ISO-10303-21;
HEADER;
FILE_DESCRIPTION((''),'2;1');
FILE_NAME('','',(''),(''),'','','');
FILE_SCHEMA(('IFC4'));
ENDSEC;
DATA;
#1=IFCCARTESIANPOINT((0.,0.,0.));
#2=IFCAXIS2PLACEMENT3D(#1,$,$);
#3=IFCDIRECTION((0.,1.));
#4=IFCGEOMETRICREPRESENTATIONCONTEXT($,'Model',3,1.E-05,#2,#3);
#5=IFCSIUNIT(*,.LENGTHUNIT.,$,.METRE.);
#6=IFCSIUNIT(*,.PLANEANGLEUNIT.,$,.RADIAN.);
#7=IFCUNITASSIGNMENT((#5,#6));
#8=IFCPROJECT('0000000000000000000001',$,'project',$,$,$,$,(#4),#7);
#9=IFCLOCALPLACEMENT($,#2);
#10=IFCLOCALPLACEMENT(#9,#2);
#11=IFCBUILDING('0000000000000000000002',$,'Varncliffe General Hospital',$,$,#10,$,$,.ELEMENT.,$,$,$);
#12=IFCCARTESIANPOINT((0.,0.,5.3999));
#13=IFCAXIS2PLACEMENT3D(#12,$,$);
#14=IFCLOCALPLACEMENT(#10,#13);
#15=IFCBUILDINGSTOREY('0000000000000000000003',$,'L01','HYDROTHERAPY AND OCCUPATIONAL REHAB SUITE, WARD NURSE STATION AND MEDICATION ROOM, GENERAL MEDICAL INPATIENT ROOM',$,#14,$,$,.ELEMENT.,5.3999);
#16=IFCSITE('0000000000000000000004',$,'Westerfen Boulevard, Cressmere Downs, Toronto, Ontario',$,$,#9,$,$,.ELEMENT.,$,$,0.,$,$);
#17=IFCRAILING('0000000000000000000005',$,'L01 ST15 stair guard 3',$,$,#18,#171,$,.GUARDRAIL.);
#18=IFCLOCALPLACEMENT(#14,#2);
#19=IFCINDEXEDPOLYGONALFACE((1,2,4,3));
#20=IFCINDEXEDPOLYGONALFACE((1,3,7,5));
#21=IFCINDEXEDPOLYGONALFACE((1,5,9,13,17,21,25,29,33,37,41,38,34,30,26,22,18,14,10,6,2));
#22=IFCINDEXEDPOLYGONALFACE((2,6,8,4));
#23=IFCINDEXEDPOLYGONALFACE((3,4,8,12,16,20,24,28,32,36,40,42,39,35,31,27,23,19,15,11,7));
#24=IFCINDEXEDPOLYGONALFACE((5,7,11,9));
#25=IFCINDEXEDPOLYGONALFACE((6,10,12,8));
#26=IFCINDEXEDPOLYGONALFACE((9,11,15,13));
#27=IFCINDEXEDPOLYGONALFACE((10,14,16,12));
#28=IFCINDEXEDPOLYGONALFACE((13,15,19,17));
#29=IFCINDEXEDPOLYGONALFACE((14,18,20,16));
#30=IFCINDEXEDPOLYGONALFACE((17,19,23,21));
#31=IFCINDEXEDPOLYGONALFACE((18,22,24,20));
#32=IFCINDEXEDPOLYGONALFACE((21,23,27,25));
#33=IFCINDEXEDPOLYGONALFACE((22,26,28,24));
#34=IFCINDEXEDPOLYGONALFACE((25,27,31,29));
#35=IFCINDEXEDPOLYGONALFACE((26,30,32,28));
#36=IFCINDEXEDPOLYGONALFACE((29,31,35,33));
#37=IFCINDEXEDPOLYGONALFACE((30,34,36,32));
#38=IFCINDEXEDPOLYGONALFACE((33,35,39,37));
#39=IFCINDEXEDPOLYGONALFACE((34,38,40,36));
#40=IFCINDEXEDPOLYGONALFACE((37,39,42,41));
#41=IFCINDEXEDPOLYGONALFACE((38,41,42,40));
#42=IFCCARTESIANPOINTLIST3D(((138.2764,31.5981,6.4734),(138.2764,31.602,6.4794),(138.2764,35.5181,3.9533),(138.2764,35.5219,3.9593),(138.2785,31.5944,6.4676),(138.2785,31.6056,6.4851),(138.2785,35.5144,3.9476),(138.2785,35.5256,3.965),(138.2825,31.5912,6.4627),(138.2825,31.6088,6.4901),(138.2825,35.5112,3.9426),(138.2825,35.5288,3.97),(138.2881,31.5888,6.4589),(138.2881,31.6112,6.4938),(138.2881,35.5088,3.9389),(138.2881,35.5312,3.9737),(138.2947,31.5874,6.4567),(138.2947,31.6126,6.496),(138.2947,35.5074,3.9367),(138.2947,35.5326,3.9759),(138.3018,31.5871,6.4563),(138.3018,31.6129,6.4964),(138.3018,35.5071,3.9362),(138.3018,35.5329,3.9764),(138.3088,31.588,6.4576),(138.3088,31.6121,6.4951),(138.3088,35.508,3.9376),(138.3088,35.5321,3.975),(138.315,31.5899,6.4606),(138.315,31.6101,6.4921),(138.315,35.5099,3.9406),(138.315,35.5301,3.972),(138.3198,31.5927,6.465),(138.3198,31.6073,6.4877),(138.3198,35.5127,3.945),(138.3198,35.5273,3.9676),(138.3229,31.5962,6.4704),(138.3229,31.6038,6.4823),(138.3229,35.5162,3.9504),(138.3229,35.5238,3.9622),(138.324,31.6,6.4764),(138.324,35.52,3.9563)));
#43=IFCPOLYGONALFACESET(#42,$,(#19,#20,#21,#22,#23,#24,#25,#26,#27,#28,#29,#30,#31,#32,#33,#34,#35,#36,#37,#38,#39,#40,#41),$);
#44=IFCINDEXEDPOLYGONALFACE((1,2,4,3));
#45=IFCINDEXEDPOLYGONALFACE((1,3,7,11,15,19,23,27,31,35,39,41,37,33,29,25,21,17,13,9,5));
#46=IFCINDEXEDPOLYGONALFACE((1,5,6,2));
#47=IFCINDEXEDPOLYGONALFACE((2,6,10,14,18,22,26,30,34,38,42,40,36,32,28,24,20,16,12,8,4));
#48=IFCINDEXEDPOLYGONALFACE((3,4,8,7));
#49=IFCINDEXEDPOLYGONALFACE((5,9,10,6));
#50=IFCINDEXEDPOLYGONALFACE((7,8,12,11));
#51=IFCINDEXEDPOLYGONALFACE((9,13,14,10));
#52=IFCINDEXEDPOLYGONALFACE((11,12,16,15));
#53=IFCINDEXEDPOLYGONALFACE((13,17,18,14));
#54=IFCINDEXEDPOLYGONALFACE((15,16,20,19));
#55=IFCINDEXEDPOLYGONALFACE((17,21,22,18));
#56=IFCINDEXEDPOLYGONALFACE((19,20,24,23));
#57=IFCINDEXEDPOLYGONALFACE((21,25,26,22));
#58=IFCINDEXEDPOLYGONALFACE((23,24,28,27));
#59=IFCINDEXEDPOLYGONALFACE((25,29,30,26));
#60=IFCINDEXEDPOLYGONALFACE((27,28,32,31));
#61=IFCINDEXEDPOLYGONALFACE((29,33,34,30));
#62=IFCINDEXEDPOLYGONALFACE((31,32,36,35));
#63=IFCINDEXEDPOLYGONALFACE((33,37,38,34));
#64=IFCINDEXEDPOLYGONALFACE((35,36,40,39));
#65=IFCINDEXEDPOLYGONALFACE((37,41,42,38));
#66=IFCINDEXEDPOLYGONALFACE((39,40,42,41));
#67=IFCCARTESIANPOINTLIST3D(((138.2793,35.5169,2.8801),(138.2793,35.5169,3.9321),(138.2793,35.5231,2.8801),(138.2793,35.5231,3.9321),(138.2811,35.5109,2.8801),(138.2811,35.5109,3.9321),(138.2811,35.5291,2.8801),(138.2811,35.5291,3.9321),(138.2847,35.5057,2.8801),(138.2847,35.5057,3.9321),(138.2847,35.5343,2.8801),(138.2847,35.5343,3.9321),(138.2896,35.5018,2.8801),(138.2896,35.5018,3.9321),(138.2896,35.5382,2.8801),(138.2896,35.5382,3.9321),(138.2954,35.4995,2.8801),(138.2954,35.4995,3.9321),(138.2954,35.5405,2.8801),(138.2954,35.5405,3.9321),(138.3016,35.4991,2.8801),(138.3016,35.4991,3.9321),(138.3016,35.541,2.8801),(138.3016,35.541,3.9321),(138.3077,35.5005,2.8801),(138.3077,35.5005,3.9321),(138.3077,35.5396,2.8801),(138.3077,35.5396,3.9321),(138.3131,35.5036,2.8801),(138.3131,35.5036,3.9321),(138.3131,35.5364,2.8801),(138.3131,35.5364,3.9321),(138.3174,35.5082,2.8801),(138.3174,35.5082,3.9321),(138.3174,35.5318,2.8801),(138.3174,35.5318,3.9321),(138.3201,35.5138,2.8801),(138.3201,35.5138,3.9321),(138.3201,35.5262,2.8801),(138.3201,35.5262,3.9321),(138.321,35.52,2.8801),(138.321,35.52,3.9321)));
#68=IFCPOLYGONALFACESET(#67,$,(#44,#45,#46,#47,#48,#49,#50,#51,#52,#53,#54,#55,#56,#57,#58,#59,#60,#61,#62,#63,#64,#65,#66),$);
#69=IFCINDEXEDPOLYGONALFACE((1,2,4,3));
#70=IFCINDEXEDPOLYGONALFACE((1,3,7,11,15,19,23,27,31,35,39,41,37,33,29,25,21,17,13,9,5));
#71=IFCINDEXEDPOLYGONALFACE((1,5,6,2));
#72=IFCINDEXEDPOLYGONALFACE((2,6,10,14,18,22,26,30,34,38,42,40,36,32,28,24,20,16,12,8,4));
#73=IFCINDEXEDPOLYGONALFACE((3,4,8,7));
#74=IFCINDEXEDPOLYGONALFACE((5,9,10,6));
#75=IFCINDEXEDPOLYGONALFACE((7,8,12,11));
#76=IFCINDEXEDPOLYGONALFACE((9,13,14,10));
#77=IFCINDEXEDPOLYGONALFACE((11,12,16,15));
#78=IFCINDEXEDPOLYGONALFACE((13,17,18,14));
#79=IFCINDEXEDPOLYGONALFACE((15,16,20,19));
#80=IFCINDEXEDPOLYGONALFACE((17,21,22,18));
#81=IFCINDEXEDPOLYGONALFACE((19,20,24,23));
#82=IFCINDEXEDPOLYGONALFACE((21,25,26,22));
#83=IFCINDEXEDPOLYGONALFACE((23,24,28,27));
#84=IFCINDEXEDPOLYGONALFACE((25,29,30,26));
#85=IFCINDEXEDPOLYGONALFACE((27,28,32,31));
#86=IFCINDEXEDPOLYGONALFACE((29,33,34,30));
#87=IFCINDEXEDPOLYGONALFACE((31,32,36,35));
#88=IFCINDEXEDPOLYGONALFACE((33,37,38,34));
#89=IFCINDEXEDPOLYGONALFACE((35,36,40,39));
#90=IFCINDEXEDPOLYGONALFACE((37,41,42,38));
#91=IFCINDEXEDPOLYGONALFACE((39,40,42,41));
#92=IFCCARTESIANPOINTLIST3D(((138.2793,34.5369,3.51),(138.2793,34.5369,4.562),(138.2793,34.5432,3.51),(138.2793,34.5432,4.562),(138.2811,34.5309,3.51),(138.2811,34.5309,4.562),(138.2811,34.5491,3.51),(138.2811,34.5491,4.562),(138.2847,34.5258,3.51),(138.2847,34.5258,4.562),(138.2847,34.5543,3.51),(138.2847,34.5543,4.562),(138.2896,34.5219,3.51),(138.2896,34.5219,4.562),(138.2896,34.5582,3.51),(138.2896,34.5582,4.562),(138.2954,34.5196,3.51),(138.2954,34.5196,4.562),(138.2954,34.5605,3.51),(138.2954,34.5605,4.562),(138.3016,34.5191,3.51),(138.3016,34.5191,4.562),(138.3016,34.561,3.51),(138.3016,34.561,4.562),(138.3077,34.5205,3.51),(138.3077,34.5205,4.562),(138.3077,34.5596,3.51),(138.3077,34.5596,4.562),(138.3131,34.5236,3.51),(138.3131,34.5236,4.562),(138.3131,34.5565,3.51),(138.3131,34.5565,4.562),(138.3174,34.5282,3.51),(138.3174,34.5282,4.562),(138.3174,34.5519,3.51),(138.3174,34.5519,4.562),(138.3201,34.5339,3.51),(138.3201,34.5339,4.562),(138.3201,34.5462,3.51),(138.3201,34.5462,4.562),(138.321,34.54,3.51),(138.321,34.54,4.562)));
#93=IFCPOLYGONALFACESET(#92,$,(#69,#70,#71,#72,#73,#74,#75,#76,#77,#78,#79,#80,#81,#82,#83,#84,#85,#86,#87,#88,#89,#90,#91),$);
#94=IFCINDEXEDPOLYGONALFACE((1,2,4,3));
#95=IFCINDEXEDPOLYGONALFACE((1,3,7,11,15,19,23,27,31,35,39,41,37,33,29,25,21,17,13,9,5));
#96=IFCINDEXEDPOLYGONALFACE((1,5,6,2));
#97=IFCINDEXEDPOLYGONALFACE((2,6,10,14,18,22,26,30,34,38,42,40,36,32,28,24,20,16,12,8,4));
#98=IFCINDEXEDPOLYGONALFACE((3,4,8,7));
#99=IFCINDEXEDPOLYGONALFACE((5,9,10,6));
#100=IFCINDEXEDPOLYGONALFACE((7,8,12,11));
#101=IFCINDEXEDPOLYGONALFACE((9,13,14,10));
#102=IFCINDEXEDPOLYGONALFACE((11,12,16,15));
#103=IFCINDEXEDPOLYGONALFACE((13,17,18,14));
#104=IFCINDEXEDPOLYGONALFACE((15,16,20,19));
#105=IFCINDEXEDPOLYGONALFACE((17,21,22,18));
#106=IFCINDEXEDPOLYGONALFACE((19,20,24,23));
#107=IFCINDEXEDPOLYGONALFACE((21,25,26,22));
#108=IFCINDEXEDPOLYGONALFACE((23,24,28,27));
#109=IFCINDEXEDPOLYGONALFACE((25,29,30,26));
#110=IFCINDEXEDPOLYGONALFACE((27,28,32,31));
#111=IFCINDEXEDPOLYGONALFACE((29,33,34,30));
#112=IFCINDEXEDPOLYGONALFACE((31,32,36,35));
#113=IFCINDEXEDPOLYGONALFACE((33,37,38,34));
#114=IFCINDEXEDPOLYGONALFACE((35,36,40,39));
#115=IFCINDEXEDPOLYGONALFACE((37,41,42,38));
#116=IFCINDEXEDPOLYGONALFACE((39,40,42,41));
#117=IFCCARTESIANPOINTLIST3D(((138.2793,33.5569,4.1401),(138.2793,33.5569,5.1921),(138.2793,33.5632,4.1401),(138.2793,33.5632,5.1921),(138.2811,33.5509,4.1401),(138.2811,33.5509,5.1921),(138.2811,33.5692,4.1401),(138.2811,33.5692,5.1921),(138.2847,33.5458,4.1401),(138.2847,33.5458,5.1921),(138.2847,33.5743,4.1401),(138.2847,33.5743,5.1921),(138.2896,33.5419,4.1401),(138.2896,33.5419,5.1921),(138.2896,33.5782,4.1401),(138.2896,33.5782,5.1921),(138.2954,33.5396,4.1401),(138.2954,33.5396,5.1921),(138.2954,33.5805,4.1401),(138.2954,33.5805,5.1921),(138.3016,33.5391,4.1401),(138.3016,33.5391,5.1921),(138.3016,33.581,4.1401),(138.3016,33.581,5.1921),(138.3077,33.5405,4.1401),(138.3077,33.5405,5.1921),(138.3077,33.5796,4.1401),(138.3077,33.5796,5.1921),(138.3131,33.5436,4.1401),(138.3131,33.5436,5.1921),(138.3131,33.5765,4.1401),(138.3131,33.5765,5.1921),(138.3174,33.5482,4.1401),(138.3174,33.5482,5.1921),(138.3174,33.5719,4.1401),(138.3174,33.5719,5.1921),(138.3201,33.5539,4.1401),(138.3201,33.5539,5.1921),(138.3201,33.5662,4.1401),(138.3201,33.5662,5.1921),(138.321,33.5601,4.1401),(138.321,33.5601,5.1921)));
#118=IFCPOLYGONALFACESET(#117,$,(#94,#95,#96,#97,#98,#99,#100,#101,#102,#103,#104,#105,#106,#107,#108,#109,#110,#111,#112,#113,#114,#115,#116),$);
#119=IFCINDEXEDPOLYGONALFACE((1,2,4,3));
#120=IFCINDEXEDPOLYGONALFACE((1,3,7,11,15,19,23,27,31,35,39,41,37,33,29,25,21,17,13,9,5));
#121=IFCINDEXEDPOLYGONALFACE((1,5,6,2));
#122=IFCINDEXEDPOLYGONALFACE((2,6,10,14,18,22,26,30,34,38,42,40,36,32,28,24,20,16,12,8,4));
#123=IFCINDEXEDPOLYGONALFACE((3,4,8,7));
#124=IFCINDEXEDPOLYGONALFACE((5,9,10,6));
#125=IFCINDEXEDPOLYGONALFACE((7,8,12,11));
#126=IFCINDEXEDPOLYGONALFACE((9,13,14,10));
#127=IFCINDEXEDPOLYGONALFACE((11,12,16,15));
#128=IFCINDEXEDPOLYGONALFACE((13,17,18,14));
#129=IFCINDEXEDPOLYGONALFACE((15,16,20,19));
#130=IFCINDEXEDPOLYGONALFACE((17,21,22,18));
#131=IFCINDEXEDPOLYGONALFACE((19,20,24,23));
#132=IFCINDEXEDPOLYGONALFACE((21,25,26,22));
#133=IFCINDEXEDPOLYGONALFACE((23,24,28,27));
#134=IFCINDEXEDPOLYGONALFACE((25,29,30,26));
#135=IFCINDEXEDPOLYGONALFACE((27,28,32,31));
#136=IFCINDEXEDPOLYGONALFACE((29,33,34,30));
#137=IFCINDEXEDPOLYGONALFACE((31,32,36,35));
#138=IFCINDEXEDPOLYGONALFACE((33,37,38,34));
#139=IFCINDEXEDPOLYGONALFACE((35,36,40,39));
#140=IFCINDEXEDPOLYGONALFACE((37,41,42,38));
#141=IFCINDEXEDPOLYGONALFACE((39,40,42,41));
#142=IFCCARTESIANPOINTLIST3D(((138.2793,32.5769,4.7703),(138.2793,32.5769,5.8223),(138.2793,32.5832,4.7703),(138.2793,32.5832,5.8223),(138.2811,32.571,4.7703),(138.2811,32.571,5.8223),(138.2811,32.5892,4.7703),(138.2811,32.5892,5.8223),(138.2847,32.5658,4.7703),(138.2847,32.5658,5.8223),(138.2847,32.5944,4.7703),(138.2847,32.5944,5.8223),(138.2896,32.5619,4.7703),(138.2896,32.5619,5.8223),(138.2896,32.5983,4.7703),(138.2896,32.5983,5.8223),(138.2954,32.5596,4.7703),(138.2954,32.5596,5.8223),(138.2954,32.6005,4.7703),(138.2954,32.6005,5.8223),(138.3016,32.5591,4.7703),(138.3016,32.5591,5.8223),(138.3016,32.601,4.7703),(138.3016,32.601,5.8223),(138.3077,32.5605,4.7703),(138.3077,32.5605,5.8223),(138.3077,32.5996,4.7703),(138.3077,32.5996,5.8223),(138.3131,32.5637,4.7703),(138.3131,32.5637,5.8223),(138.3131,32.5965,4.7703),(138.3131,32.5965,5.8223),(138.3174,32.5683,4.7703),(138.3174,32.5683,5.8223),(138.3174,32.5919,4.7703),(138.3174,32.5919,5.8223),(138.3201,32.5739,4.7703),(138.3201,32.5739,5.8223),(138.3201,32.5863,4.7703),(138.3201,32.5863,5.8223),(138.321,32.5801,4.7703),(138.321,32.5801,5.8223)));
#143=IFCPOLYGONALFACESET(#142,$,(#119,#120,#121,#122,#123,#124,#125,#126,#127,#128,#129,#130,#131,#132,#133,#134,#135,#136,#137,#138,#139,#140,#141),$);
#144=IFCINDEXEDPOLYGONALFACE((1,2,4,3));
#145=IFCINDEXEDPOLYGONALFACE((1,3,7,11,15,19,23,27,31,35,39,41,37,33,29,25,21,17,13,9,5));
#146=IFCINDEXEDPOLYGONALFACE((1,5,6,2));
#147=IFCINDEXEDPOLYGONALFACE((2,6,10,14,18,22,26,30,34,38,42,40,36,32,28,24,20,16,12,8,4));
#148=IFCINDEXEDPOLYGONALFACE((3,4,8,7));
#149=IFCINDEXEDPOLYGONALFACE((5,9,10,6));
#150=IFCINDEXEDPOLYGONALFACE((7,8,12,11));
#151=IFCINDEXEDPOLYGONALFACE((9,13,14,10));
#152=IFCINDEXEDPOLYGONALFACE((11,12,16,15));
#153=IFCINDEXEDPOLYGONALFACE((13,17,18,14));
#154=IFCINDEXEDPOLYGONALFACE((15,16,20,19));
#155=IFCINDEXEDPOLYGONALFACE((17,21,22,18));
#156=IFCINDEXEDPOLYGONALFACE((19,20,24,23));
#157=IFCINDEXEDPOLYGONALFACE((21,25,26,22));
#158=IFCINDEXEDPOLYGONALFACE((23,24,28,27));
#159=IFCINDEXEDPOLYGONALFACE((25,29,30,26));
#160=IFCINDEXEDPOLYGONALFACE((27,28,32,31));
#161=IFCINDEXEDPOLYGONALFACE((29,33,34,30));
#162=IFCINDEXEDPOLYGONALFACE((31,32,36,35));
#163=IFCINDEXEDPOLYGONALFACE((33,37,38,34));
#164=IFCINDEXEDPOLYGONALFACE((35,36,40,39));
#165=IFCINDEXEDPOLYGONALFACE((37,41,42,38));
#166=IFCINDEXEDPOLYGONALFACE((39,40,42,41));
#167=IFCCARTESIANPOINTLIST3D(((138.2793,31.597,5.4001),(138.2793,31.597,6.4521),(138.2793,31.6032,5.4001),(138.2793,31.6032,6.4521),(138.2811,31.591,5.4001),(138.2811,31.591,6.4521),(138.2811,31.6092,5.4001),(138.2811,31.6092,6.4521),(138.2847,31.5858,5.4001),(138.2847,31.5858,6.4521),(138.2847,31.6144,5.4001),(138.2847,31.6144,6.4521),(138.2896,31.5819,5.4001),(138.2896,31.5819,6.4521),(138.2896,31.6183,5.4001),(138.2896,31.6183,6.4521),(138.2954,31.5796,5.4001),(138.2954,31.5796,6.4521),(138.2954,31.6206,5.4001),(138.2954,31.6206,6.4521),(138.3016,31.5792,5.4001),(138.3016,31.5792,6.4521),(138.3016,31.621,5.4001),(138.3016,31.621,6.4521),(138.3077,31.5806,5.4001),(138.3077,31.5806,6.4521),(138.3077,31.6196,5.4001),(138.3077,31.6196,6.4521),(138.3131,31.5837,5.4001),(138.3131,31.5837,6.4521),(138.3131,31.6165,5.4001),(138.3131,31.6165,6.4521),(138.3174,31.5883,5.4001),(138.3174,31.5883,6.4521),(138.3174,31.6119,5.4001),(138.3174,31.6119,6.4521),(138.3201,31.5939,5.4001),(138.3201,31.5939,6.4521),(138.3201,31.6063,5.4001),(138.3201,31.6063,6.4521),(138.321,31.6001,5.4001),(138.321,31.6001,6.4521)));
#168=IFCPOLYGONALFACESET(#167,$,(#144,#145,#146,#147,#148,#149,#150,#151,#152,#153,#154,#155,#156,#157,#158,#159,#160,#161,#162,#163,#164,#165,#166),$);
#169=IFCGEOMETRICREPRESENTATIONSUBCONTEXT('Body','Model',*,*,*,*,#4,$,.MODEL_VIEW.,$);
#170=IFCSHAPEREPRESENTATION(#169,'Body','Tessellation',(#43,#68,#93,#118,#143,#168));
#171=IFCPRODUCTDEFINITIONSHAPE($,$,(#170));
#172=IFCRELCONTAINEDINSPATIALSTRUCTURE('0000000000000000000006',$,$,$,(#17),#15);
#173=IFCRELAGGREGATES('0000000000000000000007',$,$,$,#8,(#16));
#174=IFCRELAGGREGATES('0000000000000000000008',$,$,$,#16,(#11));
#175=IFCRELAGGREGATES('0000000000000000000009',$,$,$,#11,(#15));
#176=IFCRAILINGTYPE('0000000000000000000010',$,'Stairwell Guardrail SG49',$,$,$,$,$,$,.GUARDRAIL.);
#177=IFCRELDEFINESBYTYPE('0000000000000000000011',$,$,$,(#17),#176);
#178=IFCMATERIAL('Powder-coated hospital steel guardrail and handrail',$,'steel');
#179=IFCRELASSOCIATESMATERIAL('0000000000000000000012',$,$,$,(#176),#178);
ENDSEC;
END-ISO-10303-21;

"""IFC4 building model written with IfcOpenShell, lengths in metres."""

from ifc_helpers import new_model, si_unit, direction, frame, origin, origin_2d, place, context, subcontext, project, spatial, circle, extrude, material, type_object, element, save


model = new_model("IFC4")

# Units and contexts
model_context = context("Model", 3, precision=1e-05, world=origin(), true_north=direction((0.0, 1.0)))
body_context = subcontext(model_context, "Body", "Model", "MODEL_VIEW")
ifc_project = project(units=[si_unit("LENGTHUNIT", "METRE"), si_unit("PLANEANGLEUNIT", "RADIAN")], contexts=[model_context])

# Site, building, storey
site_placement = place(None, origin())
site = spatial("IfcSite", under=ifc_project, at=site_placement, Name="Westerfen Boulevard, Cressmere Downs, Toronto, Ontario", CompositionType="ELEMENT", RefElevation=0.0)
building_placement = place(site_placement, origin())
building = spatial("IfcBuilding", under=site, at=building_placement, Name="Varncliffe General Hospital", CompositionType="ELEMENT")
storey_placement = place(building_placement, frame((0.0, 0.0, 5.3999)))
storey = spatial("IfcBuildingStorey", under=building, at=storey_placement, Name="L01", Description="HYDROTHERAPY AND OCCUPATIONAL REHAB SUITE, WARD NURSE STATION AND MEDICATION ROOM, GENERAL MEDICAL INPATIENT ROOM", CompositionType="ELEMENT", Elevation=5.3999)

# Railing
ifc_material_1 = material(Name="Powder-coated hospital steel guardrail and handrail", Category="steel")
railing_type_1 = type_object("IfcRailingType", Name="Stairwell Guardrail SG49", PredefinedType="GUARDRAIL", material=ifc_material_1)
railing_1_placement = place(storey_placement, frame((138.3, 35.52, 2.8801)))
element("IfcRailing", 1, at=railing_1_placement, inside=storey, type_object=railing_type_1, Name="L01 ST15 stair guard 3", PredefinedType="GUARDRAIL", context=body_context, shape_type="SweptSolid", body=[
    extrude(circle(Radius=0.0239, at=origin_2d()), frame((0.0, 0.0, 1.0762), z_axis=(0.0, -0.841172, 0.540768), x_axis=(1.0, 0.0, 0.0)), (0.0, 0.0, 1.0), 4.6602),
    extrude(circle(Radius=0.021, at=origin_2d()), origin(), (0.0, 0.0, 1.0), 1.052),
    extrude(circle(Radius=0.021, at=origin_2d()), frame((0.0, -0.98, 0.6299)), (0.0, 0.0, 1.0), 1.052),
    extrude(circle(Radius=0.021, at=origin_2d()), frame((0.0, -1.96, 1.26)), (0.0, 0.0, 1.0), 1.052),
    extrude(circle(Radius=0.021, at=origin_2d()), frame((0.0, -2.9399, 1.8901)), (0.0, 0.0, 1.0), 1.052),
    extrude(circle(Radius=0.021, at=origin_2d()), frame((0.0, -3.9199, 2.52)), (0.0, 0.0, 1.0), 1.052),
])

save(model, "model.ifc")
